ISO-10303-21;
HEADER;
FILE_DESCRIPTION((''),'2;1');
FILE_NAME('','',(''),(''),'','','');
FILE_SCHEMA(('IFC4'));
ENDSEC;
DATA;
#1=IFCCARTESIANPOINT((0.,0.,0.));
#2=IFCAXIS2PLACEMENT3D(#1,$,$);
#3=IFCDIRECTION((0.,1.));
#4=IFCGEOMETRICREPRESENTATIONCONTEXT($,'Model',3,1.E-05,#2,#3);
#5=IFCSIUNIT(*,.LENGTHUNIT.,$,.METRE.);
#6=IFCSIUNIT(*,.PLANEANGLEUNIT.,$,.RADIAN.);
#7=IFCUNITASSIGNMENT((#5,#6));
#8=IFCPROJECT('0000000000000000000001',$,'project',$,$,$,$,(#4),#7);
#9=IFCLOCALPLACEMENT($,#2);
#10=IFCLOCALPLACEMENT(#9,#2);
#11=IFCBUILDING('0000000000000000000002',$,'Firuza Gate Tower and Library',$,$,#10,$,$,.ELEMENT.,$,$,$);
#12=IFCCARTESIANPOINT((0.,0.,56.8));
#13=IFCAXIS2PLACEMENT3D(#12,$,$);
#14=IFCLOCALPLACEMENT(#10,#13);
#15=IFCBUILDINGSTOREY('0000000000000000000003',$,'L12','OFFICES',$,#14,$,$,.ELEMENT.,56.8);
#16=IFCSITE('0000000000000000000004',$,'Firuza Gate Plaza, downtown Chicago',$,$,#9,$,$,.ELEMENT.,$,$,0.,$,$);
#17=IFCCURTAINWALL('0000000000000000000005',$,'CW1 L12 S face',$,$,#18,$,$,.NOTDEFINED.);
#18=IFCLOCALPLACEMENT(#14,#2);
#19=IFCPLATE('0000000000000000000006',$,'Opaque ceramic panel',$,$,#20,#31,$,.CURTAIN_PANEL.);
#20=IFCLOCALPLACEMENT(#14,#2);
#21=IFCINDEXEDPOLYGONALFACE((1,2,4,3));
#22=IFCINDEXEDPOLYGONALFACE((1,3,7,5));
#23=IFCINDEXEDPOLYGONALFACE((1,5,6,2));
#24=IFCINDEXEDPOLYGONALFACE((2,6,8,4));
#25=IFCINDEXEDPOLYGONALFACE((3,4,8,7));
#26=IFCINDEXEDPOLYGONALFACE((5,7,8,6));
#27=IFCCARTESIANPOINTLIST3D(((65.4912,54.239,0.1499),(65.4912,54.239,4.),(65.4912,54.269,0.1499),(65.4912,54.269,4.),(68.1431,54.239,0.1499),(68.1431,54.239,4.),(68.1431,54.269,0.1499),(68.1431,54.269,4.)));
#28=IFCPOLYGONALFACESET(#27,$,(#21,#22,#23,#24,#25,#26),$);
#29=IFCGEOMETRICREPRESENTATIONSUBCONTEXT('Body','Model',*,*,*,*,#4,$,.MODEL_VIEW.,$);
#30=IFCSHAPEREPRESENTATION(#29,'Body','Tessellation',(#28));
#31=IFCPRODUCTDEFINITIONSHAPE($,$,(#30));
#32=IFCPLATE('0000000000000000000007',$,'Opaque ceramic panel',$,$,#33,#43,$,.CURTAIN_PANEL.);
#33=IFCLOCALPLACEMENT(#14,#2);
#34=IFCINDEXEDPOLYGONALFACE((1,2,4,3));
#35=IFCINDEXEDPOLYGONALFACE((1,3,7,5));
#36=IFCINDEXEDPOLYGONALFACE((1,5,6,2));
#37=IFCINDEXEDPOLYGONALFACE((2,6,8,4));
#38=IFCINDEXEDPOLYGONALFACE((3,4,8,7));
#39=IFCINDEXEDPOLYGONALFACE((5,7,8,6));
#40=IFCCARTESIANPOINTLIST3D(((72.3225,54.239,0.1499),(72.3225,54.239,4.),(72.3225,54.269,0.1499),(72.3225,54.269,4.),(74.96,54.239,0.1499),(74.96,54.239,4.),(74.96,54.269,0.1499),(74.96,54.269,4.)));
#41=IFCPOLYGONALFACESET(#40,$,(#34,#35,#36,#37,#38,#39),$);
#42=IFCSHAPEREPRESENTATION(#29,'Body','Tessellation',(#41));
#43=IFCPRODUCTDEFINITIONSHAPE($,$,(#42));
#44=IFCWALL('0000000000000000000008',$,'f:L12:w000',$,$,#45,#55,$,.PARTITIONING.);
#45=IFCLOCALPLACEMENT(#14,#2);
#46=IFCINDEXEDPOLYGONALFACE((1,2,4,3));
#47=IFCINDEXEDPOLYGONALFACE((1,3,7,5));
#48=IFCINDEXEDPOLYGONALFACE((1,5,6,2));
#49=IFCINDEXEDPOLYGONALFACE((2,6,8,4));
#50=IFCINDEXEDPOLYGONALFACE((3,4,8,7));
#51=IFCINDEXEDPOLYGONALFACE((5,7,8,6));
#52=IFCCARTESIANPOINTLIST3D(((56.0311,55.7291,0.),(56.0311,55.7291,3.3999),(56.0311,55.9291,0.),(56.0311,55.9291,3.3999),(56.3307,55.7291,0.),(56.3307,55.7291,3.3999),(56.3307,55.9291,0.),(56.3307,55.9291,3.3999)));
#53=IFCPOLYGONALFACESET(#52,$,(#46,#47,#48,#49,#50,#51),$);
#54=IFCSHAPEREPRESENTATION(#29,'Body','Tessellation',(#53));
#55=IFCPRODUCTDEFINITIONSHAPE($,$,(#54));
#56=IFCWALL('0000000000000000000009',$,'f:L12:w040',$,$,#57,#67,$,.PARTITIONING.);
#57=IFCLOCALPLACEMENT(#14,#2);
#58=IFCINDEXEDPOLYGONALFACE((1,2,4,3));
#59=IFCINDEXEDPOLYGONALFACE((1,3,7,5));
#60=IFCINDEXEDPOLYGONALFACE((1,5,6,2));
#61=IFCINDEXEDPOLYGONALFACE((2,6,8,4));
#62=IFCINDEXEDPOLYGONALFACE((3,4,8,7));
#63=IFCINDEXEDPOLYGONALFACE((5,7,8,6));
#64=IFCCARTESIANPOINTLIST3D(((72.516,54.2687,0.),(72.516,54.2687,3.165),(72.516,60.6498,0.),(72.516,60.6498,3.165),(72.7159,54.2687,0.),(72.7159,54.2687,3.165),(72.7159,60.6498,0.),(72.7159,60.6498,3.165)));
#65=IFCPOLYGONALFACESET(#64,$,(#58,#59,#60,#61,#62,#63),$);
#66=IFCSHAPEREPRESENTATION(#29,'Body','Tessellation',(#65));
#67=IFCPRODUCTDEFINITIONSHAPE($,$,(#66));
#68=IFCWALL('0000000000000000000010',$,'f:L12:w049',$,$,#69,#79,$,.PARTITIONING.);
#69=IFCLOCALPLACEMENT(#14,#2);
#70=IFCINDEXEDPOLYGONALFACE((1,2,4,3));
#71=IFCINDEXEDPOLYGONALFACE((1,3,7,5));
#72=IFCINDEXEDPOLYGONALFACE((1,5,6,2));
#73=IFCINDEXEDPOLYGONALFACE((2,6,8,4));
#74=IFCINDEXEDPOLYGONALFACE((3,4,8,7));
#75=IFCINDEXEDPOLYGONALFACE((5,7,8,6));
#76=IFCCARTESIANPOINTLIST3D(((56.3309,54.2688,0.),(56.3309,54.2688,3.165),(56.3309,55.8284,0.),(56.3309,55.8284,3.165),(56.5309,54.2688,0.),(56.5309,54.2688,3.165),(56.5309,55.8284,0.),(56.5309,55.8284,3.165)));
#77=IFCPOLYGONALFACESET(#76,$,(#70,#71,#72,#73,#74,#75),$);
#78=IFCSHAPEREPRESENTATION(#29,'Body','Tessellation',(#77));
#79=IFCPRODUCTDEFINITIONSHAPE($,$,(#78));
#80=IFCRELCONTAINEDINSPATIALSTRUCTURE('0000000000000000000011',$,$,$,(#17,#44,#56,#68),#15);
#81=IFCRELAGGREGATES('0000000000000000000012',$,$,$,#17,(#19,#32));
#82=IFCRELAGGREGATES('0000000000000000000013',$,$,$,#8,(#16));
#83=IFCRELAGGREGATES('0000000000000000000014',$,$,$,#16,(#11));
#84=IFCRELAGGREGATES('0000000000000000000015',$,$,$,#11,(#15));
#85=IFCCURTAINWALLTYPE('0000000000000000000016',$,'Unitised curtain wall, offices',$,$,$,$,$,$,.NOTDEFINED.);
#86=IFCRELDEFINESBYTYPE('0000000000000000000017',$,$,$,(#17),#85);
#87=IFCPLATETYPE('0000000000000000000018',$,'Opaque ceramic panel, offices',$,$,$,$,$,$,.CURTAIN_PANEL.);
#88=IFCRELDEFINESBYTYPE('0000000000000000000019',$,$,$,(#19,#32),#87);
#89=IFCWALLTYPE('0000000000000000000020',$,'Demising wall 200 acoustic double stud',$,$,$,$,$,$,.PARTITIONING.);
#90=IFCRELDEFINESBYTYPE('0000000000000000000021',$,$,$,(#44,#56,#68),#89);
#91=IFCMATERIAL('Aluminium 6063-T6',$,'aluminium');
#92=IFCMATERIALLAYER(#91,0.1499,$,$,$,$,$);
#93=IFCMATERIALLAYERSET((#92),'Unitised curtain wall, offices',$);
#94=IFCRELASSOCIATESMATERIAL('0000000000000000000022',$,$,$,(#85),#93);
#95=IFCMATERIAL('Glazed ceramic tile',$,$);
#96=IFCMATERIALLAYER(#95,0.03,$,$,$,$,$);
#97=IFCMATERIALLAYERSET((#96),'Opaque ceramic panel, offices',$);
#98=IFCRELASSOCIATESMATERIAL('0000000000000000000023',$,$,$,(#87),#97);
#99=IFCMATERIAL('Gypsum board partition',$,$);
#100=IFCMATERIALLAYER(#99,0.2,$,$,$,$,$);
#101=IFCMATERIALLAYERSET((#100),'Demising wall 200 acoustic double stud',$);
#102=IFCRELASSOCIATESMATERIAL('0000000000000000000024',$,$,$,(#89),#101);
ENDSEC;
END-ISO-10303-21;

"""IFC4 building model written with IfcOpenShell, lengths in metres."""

from ifc_helpers import new_model, si_unit, direction, frame, frame_2d, origin, place, context, subcontext, project, spatial, polyline, rectangle, outline, extrude, material, layer, layer_set, type_object, element, aggregate, save


model = new_model("IFC4")

# Units and contexts
model_context = context("Model", 3, precision=1e-05, world=origin(), true_north=direction((0.0, 1.0)))
body_context = subcontext(model_context, "Body", "Model", "MODEL_VIEW")
ifc_project = project(units=[si_unit("LENGTHUNIT", "METRE"), si_unit("PLANEANGLEUNIT", "RADIAN")], contexts=[model_context])

# Site, building, storey
site_placement = place(None, origin())
site = spatial("IfcSite", under=ifc_project, at=site_placement, Name="Firuza Gate Plaza, downtown Chicago", CompositionType="ELEMENT", RefElevation=0.0)
building_placement = place(site_placement, origin())
building = spatial("IfcBuilding", under=site, at=building_placement, Name="Firuza Gate Tower and Library", CompositionType="ELEMENT")
storey_placement = place(building_placement, frame((0.0, 0.0, 56.8)))
storey = spatial("IfcBuildingStorey", under=building, at=storey_placement, Name="L12", Description="OFFICES", CompositionType="ELEMENT", Elevation=56.8)

# Curtain wall
ifc_material_1 = material(Name="Aluminium 6063-T6", Category="aluminium")
ifc_layer_1 = layer(ifc_material_1, 0.1499)
ifc_layer_set_1 = layer_set([ifc_layer_1], Name="Unitised curtain wall, offices")
curtain_wall_type = type_object("IfcCurtainWallType", Name="Unitised curtain wall, offices", PredefinedType="NOTDEFINED", material=ifc_layer_set_1)
curtain_wall_placement = place(storey_placement, origin())
curtain_wall = element("IfcCurtainWall", 1, at=curtain_wall_placement, inside=storey, type_object=curtain_wall_type, Name="CW1 L12 S face", PredefinedType="NOTDEFINED")

# Plates
ifc_material_2 = material(Name="Glazed ceramic tile")
ifc_layer_2 = layer(ifc_material_2, 0.03)
ifc_layer_set_2 = layer_set([ifc_layer_2], Name="Opaque ceramic panel, offices")
plate_type_1 = type_object("IfcPlateType", Name="Opaque ceramic panel, offices", PredefinedType="CURTAIN_PANEL", material=ifc_layer_set_2)
plate_1_placement = place(storey_placement, frame((65.4912, 54.239, 0.1499), z_axis=(0.0, -1.0, 0.0), x_axis=(1.0, 0.0, 0.0)))
plate_1 = element("IfcPlate", 2, at=plate_1_placement, type_object=plate_type_1, Name="Opaque ceramic panel", PredefinedType="CURTAIN_PANEL", context=body_context, shape_type="SweptSolid", body=[
    extrude(outline(polyline([(0.0, 0.0), (2.6519, 0.0), (2.6519, 3.8501), (0.0, 3.8501), (0.0, 0.0)])), origin(), (0.0, 0.0, -1.0), 0.03),
])
plate_2_placement = place(storey_placement, frame((72.3225, 54.239, 0.1499), z_axis=(0.0, -1.0, 0.0), x_axis=(1.0, 0.0, 0.0)))
plate_2 = element("IfcPlate", 3, at=plate_2_placement, type_object=plate_type_1, Name="Opaque ceramic panel", PredefinedType="CURTAIN_PANEL", context=body_context, shape_type="SweptSolid", body=[
    extrude(outline(polyline([(0.0, 0.0), (2.6375, 0.0), (2.6375, 3.8501), (0.0, 3.8501), (0.0, 0.0)])), origin(), (0.0, 0.0, -1.0), 0.03),
])
aggregate(curtain_wall, [plate_1, plate_2])

# Walls
ifc_material_3 = material(Name="Gypsum board partition")
ifc_layer_3 = layer(ifc_material_3, 0.2)
ifc_layer_set_3 = layer_set([ifc_layer_3], Name="Demising wall 200 acoustic double stud")
wall_type = type_object("IfcWallType", Name="Demising wall 200 acoustic double stud", PredefinedType="PARTITIONING", material=ifc_layer_set_3)
wall_1_placement = place(storey_placement, frame((56.031, 55.8291, 0.0), z_axis=(0.0, 0.0, 1.0), x_axis=(1.0, 0.0, 0.0)))
element("IfcWall", 4, at=wall_1_placement, inside=storey, type_object=wall_type, Name="f:L12:w000", PredefinedType="PARTITIONING", context=body_context, shape_type="SweptSolid", body=[
    extrude(rectangle(XDim=0.2996, YDim=0.2, at=frame_2d((0.1499, 0.0))), origin(), (0.0, 0.0, 1.0), 3.3999),
])
wall_2_placement = place(storey_placement, frame((72.616, 54.2688, 0.0), z_axis=(0.0, 0.0, 1.0), x_axis=(0.0, 1.0, 0.0)))
element("IfcWall", 5, at=wall_2_placement, inside=storey, type_object=wall_type, Name="f:L12:w040", PredefinedType="PARTITIONING", context=body_context, shape_type="SweptSolid", body=[
    extrude(rectangle(XDim=6.3811, YDim=0.2, at=frame_2d((3.1904, 0.0))), origin(), (0.0, 0.0, 1.0), 3.165),
])
wall_3_placement = place(storey_placement, frame((56.4309, 54.2688, 0.0), z_axis=(0.0, 0.0, 1.0), x_axis=(0.0, 1.0, 0.0)))
element("IfcWall", 6, at=wall_3_placement, inside=storey, type_object=wall_type, Name="f:L12:w049", PredefinedType="PARTITIONING", context=body_context, shape_type="SweptSolid", body=[
    extrude(rectangle(XDim=1.5596, YDim=0.2, at=frame_2d((0.7798, 0.0))), origin(), (0.0, 0.0, 1.0), 3.165),
])

save(model, "model.ifc")
